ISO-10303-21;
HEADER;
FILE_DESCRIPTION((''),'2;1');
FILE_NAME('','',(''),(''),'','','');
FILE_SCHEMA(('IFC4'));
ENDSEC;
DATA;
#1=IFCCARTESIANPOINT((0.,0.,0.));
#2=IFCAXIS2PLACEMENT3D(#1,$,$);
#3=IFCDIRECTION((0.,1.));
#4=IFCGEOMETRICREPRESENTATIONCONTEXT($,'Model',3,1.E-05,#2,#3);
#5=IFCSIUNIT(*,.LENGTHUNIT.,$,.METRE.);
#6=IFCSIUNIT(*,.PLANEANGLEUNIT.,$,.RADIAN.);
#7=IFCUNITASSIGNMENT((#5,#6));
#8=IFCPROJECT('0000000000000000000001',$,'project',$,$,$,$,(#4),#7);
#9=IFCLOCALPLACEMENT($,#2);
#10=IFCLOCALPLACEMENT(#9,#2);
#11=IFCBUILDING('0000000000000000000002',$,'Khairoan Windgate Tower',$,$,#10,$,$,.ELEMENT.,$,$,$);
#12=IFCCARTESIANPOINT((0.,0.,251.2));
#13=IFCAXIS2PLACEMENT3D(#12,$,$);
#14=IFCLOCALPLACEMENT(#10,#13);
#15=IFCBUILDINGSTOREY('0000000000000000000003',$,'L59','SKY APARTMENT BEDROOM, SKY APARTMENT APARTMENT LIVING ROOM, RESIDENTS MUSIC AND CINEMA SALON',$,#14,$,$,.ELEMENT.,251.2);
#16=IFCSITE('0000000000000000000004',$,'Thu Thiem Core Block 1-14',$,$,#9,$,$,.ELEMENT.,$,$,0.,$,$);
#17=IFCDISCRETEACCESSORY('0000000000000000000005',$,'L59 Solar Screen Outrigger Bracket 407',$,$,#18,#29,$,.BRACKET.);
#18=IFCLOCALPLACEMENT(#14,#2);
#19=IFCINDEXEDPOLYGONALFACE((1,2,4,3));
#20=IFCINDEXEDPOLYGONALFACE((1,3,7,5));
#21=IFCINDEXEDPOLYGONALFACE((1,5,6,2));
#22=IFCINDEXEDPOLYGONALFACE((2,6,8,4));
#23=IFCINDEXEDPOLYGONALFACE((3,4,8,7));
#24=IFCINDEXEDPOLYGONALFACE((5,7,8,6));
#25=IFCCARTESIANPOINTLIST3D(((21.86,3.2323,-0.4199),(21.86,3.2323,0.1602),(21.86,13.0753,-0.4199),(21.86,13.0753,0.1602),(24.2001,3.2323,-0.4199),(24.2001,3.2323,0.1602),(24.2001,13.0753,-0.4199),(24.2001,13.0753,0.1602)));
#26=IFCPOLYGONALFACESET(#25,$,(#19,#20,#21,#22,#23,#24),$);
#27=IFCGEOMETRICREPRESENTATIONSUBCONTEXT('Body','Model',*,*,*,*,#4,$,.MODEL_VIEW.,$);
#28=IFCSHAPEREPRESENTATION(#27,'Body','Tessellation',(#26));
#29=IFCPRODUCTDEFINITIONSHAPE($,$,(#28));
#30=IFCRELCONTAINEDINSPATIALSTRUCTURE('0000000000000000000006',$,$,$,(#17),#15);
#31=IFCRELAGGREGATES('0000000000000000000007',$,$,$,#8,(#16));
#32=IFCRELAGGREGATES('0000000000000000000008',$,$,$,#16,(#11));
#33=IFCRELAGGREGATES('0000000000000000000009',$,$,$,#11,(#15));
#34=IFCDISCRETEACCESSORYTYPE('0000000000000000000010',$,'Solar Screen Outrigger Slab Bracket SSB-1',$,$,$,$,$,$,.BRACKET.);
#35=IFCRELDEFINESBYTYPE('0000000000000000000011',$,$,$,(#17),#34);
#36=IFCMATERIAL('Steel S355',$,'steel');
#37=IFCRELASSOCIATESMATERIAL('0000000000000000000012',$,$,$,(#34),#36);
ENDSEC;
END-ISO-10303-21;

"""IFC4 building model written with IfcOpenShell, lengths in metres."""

from ifc_helpers import new_model, si_unit, direction, frame, origin, origin_2d, place, context, subcontext, project, spatial, rectangle, extrude, material, type_object, element, save


model = new_model("IFC4")

# Units and contexts
model_context = context("Model", 3, precision=1e-05, world=origin(), true_north=direction((0.0, 1.0)))
body_context = subcontext(model_context, "Body", "Model", "MODEL_VIEW")
ifc_project = project(units=[si_unit("LENGTHUNIT", "METRE"), si_unit("PLANEANGLEUNIT", "RADIAN")], contexts=[model_context])

# Site, building, storey
site_placement = place(None, origin())
site = spatial("IfcSite", under=ifc_project, at=site_placement, Name="Thu Thiem Core Block 1-14", CompositionType="ELEMENT", RefElevation=0.0)
building_placement = place(site_placement, origin())
building = spatial("IfcBuilding", under=site, at=building_placement, Name="Khairoan Windgate Tower", CompositionType="ELEMENT")
storey_placement = place(building_placement, frame((0.0, 0.0, 251.2)))
storey = spatial("IfcBuildingStorey", under=building, at=storey_placement, Name="L59", Description="SKY APARTMENT BEDROOM, SKY APARTMENT APARTMENT LIVING ROOM, RESIDENTS MUSIC AND CINEMA SALON", CompositionType="ELEMENT", Elevation=251.2)

# Discrete accessory
ifc_material_1 = material(Name="Steel S355", Category="steel")
discrete_accessory_type = type_object("IfcDiscreteAccessoryType", Name="Solar Screen Outrigger Slab Bracket SSB-1", PredefinedType="BRACKET", material=ifc_material_1)
discrete_accessory_placement = place(storey_placement, frame((23.03, 8.1538, -0.4199), z_axis=(0.0, 0.0, 1.0), x_axis=(0.0, -1.0, 0.0)))
element("IfcDiscreteAccessory", 1, at=discrete_accessory_placement, inside=storey, type_object=discrete_accessory_type, Name="L59 Solar Screen Outrigger Bracket 407", PredefinedType="BRACKET", context=body_context, shape_type="SweptSolid", body=[
    extrude(rectangle(XDim=9.843, YDim=2.3401, at=origin_2d()), origin(), (0.0, 0.0, 1.0), 0.5801),
])

save(model, "model.ifc")
